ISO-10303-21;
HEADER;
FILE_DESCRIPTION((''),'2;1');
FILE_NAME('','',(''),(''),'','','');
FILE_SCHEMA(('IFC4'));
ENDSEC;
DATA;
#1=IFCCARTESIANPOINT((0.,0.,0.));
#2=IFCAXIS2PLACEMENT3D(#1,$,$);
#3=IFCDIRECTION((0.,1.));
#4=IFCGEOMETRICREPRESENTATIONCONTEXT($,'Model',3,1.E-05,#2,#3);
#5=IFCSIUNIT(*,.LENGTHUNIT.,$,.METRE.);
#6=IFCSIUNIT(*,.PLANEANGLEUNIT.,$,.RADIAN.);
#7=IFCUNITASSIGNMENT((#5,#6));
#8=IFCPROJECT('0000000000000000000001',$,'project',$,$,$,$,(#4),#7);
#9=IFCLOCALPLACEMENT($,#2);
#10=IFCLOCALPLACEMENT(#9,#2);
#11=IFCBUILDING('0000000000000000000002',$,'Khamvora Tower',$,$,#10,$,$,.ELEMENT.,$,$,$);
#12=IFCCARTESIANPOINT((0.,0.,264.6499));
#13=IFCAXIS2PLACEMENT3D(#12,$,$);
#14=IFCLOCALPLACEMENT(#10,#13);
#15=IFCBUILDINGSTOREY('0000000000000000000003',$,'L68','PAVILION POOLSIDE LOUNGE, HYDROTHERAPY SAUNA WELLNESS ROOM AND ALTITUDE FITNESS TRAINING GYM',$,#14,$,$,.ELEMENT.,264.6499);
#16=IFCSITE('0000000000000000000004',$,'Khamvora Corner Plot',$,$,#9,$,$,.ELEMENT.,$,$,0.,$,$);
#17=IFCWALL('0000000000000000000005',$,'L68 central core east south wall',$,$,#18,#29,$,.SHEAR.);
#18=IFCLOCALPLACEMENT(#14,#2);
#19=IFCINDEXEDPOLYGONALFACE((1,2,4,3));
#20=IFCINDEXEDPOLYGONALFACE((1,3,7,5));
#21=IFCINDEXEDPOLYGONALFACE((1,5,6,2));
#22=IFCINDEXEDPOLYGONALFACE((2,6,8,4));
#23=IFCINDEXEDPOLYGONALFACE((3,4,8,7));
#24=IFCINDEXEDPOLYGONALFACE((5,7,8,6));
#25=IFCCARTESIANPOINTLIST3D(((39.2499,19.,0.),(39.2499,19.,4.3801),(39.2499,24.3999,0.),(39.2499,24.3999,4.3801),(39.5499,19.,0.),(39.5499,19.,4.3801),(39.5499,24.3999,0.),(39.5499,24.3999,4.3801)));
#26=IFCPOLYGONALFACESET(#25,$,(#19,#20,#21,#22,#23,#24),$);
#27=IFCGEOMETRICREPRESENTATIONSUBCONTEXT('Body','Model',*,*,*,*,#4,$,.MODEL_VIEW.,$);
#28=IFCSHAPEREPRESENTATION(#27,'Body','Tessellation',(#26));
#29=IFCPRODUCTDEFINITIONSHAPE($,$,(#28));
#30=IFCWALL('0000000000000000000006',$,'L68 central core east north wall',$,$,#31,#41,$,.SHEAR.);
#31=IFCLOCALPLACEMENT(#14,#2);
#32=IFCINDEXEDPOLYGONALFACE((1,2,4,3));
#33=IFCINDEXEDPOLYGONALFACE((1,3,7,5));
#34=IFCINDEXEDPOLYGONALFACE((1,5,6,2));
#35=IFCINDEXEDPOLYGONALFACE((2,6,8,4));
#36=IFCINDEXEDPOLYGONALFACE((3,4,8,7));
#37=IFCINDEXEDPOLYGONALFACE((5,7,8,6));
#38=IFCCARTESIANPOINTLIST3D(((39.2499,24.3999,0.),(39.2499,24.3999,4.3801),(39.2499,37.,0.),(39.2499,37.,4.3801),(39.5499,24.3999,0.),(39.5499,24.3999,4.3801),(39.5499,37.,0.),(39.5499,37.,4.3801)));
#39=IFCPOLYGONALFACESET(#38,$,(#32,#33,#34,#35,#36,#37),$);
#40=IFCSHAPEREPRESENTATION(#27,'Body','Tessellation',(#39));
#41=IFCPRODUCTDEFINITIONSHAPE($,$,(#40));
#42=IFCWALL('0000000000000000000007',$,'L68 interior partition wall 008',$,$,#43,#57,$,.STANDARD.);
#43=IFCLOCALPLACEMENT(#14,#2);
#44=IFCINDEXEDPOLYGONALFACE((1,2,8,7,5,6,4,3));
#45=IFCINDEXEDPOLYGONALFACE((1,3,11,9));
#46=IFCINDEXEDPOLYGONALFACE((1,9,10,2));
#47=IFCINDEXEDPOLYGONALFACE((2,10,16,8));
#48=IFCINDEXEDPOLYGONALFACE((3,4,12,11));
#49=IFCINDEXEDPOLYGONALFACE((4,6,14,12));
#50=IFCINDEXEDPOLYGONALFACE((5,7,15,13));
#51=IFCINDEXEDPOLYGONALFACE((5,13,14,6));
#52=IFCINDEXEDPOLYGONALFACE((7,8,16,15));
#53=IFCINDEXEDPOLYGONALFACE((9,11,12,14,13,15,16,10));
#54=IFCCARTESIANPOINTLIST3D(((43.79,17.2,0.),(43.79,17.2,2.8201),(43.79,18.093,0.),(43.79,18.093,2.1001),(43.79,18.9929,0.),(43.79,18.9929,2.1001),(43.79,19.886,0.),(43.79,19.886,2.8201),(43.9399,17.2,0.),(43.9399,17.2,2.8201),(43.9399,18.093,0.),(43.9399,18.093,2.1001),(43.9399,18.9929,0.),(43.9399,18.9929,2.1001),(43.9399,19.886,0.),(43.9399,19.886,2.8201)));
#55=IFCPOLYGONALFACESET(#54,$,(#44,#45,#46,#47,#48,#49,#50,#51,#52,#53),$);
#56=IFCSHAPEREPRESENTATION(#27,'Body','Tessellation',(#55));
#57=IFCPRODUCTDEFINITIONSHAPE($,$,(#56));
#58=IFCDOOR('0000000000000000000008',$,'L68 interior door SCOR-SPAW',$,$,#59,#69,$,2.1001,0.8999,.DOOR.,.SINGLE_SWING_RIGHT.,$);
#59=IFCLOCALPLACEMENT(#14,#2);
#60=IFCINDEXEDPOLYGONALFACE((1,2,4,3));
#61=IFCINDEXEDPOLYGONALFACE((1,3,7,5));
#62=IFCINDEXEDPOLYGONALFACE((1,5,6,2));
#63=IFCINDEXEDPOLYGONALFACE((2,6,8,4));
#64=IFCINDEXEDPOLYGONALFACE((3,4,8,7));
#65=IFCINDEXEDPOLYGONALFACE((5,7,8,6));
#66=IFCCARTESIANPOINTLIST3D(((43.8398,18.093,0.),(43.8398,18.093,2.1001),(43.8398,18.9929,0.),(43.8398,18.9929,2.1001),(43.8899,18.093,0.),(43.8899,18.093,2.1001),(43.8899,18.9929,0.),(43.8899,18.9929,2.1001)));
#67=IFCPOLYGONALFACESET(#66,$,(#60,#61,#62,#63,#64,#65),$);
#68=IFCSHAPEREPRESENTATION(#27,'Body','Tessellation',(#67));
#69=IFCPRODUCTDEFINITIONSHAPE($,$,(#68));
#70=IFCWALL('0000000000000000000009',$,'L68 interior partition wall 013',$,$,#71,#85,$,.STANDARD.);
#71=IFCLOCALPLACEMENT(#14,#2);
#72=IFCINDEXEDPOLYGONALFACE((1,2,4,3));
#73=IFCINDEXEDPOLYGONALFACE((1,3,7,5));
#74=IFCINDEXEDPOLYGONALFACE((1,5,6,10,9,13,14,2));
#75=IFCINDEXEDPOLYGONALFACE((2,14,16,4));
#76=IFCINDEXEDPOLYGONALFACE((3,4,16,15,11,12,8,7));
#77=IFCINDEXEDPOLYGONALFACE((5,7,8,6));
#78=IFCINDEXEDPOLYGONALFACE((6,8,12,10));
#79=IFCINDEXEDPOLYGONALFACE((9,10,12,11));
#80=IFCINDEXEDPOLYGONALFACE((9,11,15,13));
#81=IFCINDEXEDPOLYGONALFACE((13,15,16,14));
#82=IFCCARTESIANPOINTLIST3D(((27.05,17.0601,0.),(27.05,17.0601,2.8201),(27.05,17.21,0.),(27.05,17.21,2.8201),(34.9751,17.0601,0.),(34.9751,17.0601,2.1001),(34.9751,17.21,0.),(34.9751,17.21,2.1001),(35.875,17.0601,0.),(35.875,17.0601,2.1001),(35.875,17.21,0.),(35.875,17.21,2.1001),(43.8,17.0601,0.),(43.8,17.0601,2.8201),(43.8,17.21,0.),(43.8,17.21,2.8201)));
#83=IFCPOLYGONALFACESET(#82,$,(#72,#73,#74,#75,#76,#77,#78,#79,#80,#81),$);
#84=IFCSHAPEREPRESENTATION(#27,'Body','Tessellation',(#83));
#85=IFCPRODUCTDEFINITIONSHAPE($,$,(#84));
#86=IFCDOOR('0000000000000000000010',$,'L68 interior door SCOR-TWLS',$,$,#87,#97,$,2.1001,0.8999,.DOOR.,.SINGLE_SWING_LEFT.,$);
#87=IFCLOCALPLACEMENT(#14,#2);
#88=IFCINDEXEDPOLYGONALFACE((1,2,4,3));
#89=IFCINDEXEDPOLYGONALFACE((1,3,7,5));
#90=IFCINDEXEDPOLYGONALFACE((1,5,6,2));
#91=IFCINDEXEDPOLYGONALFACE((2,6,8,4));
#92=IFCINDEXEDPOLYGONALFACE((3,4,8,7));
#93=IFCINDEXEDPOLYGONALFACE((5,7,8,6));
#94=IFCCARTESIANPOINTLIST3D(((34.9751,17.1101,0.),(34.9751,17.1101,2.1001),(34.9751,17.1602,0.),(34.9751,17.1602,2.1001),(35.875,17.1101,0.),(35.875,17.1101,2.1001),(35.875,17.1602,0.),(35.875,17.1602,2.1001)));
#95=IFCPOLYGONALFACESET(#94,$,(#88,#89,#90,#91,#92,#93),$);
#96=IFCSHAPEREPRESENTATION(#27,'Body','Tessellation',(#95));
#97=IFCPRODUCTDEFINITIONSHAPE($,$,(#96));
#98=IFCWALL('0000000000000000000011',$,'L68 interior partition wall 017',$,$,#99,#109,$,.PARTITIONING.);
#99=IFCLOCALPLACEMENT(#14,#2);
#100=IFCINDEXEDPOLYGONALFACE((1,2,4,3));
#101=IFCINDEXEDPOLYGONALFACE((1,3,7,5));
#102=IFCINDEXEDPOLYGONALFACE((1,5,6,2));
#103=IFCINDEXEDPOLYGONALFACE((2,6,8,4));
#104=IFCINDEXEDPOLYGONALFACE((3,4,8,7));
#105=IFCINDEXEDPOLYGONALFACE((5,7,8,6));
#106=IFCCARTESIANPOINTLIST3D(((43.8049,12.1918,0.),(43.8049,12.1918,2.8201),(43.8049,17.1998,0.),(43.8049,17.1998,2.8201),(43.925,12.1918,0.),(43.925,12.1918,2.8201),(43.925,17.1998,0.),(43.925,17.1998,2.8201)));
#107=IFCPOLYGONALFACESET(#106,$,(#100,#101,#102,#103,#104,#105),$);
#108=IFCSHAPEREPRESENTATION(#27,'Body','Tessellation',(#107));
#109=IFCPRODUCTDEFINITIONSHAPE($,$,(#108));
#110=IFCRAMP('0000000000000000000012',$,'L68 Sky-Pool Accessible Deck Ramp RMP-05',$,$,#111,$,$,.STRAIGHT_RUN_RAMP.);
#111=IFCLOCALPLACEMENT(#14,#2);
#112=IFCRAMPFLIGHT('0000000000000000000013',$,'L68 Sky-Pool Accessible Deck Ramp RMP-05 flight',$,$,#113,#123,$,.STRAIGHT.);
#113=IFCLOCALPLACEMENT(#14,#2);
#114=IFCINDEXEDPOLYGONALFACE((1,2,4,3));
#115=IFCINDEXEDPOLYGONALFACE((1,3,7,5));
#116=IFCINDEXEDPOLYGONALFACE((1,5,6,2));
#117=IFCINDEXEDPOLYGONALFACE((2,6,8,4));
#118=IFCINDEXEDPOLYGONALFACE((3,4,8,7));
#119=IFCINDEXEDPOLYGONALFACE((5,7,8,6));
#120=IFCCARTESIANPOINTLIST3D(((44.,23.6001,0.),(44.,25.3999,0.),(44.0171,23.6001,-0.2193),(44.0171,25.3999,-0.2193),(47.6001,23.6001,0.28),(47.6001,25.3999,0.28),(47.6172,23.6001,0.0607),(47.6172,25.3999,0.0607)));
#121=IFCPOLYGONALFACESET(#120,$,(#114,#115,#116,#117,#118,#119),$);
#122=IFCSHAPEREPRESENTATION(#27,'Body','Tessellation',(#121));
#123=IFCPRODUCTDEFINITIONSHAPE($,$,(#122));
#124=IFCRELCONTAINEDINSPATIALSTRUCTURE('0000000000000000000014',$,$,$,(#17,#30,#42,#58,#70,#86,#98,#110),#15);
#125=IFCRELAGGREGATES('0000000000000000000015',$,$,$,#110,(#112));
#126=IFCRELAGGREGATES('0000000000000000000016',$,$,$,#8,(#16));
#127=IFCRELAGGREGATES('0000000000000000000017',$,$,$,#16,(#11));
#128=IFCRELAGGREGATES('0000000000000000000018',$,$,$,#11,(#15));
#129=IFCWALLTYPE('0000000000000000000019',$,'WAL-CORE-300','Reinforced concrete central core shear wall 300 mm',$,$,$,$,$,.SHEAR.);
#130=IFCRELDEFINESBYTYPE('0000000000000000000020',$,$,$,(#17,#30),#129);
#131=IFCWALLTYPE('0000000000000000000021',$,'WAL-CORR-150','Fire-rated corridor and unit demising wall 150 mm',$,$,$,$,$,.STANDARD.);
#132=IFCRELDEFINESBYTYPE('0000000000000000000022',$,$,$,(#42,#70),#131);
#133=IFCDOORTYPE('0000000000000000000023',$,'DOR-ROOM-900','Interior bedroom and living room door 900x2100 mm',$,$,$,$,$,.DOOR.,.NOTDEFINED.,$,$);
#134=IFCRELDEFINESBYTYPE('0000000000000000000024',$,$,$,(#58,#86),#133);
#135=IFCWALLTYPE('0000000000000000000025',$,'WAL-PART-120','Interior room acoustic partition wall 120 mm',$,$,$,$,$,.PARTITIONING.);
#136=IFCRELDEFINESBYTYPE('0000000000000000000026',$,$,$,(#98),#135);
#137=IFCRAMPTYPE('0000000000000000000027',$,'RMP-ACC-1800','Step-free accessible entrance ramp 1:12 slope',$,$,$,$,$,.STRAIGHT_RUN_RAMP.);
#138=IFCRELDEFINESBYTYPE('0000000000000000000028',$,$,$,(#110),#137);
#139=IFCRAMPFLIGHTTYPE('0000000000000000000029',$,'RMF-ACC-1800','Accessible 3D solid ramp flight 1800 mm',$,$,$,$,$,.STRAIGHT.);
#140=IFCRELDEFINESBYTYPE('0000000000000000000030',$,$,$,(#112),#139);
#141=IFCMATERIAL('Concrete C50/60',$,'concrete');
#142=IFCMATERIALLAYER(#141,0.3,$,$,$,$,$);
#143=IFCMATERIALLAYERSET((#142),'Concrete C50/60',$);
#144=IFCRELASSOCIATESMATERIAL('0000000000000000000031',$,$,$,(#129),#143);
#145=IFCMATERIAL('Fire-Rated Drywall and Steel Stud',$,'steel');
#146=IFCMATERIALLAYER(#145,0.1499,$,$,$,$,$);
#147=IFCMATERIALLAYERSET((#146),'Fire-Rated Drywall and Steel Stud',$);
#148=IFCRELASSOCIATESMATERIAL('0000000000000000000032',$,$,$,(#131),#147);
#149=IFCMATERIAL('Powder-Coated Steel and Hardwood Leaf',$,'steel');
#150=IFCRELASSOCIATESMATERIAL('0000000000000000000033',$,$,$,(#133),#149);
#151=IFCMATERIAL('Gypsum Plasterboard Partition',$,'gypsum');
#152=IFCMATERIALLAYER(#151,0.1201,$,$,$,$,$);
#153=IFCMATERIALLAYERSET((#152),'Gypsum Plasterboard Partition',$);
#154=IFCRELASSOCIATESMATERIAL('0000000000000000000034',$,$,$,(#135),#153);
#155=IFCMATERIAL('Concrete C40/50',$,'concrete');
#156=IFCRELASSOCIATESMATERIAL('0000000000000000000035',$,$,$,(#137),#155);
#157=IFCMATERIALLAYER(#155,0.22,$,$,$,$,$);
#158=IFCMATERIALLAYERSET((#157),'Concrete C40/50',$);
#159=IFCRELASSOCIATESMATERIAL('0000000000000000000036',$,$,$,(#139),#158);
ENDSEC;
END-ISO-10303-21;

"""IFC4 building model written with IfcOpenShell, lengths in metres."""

from ifc_helpers import new_model, si_unit, direction, frame, frame_2d, origin, place, context, subcontext, project, spatial, polyline, rectangle, outline, extrude, material, layer, layer_set, type_object, element, fill, aggregate, save


model = new_model("IFC4")

# Units and contexts
model_context = context("Model", 3, precision=1e-05, world=origin(), true_north=direction((0.0, 1.0)))
body_context = subcontext(model_context, "Body", "Model", "MODEL_VIEW")
ifc_project = project(units=[si_unit("LENGTHUNIT", "METRE"), si_unit("PLANEANGLEUNIT", "RADIAN")], contexts=[model_context])

# Site, building, storey
site_placement = place(None, origin())
site = spatial("IfcSite", under=ifc_project, at=site_placement, Name="Khamvora Corner Plot", CompositionType="ELEMENT", RefElevation=0.0)
building_placement = place(site_placement, origin())
building = spatial("IfcBuilding", under=site, at=building_placement, Name="Khamvora Tower", CompositionType="ELEMENT")
storey_placement = place(building_placement, frame((0.0, 0.0, 264.6499)))
storey = spatial("IfcBuildingStorey", under=building, at=storey_placement, Name="L68", Description="PAVILION POOLSIDE LOUNGE, HYDROTHERAPY SAUNA WELLNESS ROOM AND ALTITUDE FITNESS TRAINING GYM", CompositionType="ELEMENT", Elevation=264.6499)

# Walls
ifc_material_1 = material(Name="Concrete C50/60", Category="concrete")
ifc_layer_1 = layer(ifc_material_1, 0.3)
ifc_layer_set_1 = layer_set([ifc_layer_1], Name="Concrete C50/60")
wall_type_1 = type_object("IfcWallType", Name="WAL-CORE-300", Description="Reinforced concrete central core shear wall 300 mm", PredefinedType="SHEAR", material=ifc_layer_set_1)
wall_1_placement = place(storey_placement, frame((39.3999, 19.0, 0.0), z_axis=(0.0, 0.0, 1.0), x_axis=(0.0, 1.0, 0.0)))
element("IfcWall", 1, at=wall_1_placement, inside=storey, type_object=wall_type_1, Name="L68 central core east south wall", PredefinedType="SHEAR", context=body_context, shape_type="SweptSolid", body=[
    extrude(rectangle(XDim=5.3999, YDim=0.3, at=frame_2d((2.7, 0.0))), origin(), (0.0, 0.0, 1.0), 4.3801),
])
wall_2_placement = place(storey_placement, frame((39.3999, 24.3999, 0.0), z_axis=(0.0, 0.0, 1.0), x_axis=(0.0, 1.0, 0.0)))
element("IfcWall", 2, at=wall_2_placement, inside=storey, type_object=wall_type_1, Name="L68 central core east north wall", PredefinedType="SHEAR", context=body_context, shape_type="SweptSolid", body=[
    extrude(rectangle(XDim=12.6001, YDim=0.3, at=frame_2d((6.3, 0.0))), origin(), (0.0, 0.0, 1.0), 4.3801),
])

# Walls, openings, doors
ifc_material_2 = material(Name="Fire-Rated Drywall and Steel Stud", Category="steel")
ifc_layer_2 = layer(ifc_material_2, 0.1499)
ifc_layer_set_2 = layer_set([ifc_layer_2], Name="Fire-Rated Drywall and Steel Stud")
wall_type_2 = type_object("IfcWallType", Name="WAL-CORR-150", Description="Fire-rated corridor and unit demising wall 150 mm", PredefinedType="STANDARD", material=ifc_layer_set_2)
wall_3_placement = place(storey_placement, frame((43.865, 19.886, 0.0), z_axis=(0.0, 0.0, 1.0), x_axis=(0.0, -1.0, 0.0)))
wall_3 = element("IfcWall", 3, at=wall_3_placement, inside=storey, type_object=wall_type_2, Name="L68 interior partition wall 008", PredefinedType="STANDARD", context=body_context, shape_type="SweptSolid", body=[
    extrude(rectangle(XDim=2.686, YDim=0.1499, at=frame_2d((1.343, 0.0))), origin(), (0.0, 0.0, 1.0), 2.8201),
])
opening_1_placement = place(wall_3_placement, frame((0.8931, 0.0, 0.0)))
opening_1 = element("IfcOpeningElement", 4, at=opening_1_placement, cuts=wall_3, PredefinedType="OPENING", context=body_context, shape_type="SweptSolid", body=[
    extrude(rectangle(XDim=0.8999, YDim=2.1001, at=frame_2d((0.45, 1.05))), frame((0.0, 0.085, 0.0), z_axis=(0.0, -1.0, 0.0), x_axis=(1.0, 0.0, 0.0)), (0.0, 0.0, 1.0), 0.1699),
])
ifc_material_3 = material(Name="Powder-Coated Steel and Hardwood Leaf", Category="steel")
door_type = type_object("IfcDoorType", Name="DOR-ROOM-900", Description="Interior bedroom and living room door 900x2100 mm", OperationType="NOTDEFINED", PredefinedType="DOOR", material=ifc_material_3)
door_1_placement = place(opening_1_placement, origin())
door_1 = element("IfcDoor", 5, at=door_1_placement, inside=storey, type_object=door_type, Name="L68 interior door SCOR-SPAW", OperationType="SINGLE_SWING_RIGHT", OverallHeight=2.1001, OverallWidth=0.8999, PredefinedType="DOOR", context=body_context, shape_type="SweptSolid", body=[
    extrude(rectangle(XDim=0.8999, YDim=2.1001, at=frame_2d((0.45, 1.05))), frame((0.0, 0.0249, 0.0), z_axis=(0.0, -1.0, 0.0), x_axis=(1.0, 0.0, 0.0)), (0.0, 0.0, 1.0), 0.05),
])
fill(opening_1, door_1)
wall_4_placement = place(storey_placement, frame((43.8, 17.135, 0.0), z_axis=(0.0, 0.0, 1.0), x_axis=(-1.0, 0.0, 0.0)))
wall_4 = element("IfcWall", 6, at=wall_4_placement, inside=storey, type_object=wall_type_2, Name="L68 interior partition wall 013", PredefinedType="STANDARD", context=body_context, shape_type="SweptSolid", body=[
    extrude(rectangle(XDim=16.75, YDim=0.1499, at=frame_2d((8.375, 0.0))), origin(), (0.0, 0.0, 1.0), 2.8201),
])
opening_2_placement = place(wall_4_placement, frame((7.925, 0.0, 0.0)))
opening_2 = element("IfcOpeningElement", 7, at=opening_2_placement, cuts=wall_4, PredefinedType="OPENING", context=body_context, shape_type="SweptSolid", body=[
    extrude(rectangle(XDim=0.8999, YDim=2.1001, at=frame_2d((0.45, 1.05))), frame((0.0, 0.085, 0.0), z_axis=(0.0, -1.0, 0.0), x_axis=(1.0, 0.0, 0.0)), (0.0, 0.0, 1.0), 0.1699),
])
door_2_placement = place(opening_2_placement, origin())
door_2 = element("IfcDoor", 8, at=door_2_placement, inside=storey, type_object=door_type, Name="L68 interior door SCOR-TWLS", OperationType="SINGLE_SWING_LEFT", OverallHeight=2.1001, OverallWidth=0.8999, PredefinedType="DOOR", context=body_context, shape_type="SweptSolid", body=[
    extrude(rectangle(XDim=0.8999, YDim=2.1001, at=frame_2d((0.45, 1.05))), frame((0.0, 0.0249, 0.0), z_axis=(0.0, -1.0, 0.0), x_axis=(1.0, 0.0, 0.0)), (0.0, 0.0, 1.0), 0.05),
])
fill(opening_2, door_2)

# Wall
ifc_material_4 = material(Name="Gypsum Plasterboard Partition", Category="gypsum")
ifc_layer_3 = layer(ifc_material_4, 0.1201)
ifc_layer_set_3 = layer_set([ifc_layer_3], Name="Gypsum Plasterboard Partition")
wall_type_3 = type_object("IfcWallType", Name="WAL-PART-120", Description="Interior room acoustic partition wall 120 mm", PredefinedType="PARTITIONING", material=ifc_layer_set_3)
wall_5_placement = place(storey_placement, frame((43.865, 12.1919, 0.0), z_axis=(0.0, 0.0, 1.0), x_axis=(0.0, 1.0, 0.0)))
element("IfcWall", 9, at=wall_5_placement, inside=storey, type_object=wall_type_3, Name="L68 interior partition wall 017", PredefinedType="PARTITIONING", context=body_context, shape_type="SweptSolid", body=[
    extrude(rectangle(XDim=5.0081, YDim=0.1201, at=frame_2d((2.5039, 0.0))), origin(), (0.0, 0.0, 1.0), 2.8201),
])

# Ramp, ramp flight
ifc_material_5 = material(Name="Concrete C40/50", Category="concrete")
ramp_type = type_object("IfcRampType", Name="RMP-ACC-1800", Description="Step-free accessible entrance ramp 1:12 slope", PredefinedType="STRAIGHT_RUN_RAMP", material=ifc_material_5)
ramp_placement = place(storey_placement, origin())
ramp = element("IfcRamp", 10, at=ramp_placement, inside=storey, type_object=ramp_type, Name="L68 Sky-Pool Accessible Deck Ramp RMP-05", PredefinedType="STRAIGHT_RUN_RAMP")
ifc_layer_4 = layer(ifc_material_5, 0.22)
ifc_layer_set_4 = layer_set([ifc_layer_4], Name="Concrete C40/50")
ramp_flight_type = type_object("IfcRampFlightType", Name="RMF-ACC-1800", Description="Accessible 3D solid ramp flight 1800 mm", PredefinedType="STRAIGHT", material=ifc_layer_set_4)
ramp_flight_placement = place(storey_placement, frame((44.0, 23.6001, 0.0), z_axis=(-0.07755, 0.0, 0.996988), x_axis=(0.996988, 0.0, 0.07755)))
ramp_flight = element("IfcRampFlight", 11, at=ramp_flight_placement, type_object=ramp_flight_type, Name="L68 Sky-Pool Accessible Deck Ramp RMP-05 flight", PredefinedType="STRAIGHT", context=body_context, shape_type="SweptSolid", body=[
    extrude(outline(polyline([(0.0, 0.0), (3.611, 0.0), (3.611, 1.7998), (0.0, 1.7998), (0.0, 0.0)])), origin(), (0.0, 0.0, -1.0), 0.22),
])
aggregate(ramp, [ramp_flight])

save(model, "model.ifc")
